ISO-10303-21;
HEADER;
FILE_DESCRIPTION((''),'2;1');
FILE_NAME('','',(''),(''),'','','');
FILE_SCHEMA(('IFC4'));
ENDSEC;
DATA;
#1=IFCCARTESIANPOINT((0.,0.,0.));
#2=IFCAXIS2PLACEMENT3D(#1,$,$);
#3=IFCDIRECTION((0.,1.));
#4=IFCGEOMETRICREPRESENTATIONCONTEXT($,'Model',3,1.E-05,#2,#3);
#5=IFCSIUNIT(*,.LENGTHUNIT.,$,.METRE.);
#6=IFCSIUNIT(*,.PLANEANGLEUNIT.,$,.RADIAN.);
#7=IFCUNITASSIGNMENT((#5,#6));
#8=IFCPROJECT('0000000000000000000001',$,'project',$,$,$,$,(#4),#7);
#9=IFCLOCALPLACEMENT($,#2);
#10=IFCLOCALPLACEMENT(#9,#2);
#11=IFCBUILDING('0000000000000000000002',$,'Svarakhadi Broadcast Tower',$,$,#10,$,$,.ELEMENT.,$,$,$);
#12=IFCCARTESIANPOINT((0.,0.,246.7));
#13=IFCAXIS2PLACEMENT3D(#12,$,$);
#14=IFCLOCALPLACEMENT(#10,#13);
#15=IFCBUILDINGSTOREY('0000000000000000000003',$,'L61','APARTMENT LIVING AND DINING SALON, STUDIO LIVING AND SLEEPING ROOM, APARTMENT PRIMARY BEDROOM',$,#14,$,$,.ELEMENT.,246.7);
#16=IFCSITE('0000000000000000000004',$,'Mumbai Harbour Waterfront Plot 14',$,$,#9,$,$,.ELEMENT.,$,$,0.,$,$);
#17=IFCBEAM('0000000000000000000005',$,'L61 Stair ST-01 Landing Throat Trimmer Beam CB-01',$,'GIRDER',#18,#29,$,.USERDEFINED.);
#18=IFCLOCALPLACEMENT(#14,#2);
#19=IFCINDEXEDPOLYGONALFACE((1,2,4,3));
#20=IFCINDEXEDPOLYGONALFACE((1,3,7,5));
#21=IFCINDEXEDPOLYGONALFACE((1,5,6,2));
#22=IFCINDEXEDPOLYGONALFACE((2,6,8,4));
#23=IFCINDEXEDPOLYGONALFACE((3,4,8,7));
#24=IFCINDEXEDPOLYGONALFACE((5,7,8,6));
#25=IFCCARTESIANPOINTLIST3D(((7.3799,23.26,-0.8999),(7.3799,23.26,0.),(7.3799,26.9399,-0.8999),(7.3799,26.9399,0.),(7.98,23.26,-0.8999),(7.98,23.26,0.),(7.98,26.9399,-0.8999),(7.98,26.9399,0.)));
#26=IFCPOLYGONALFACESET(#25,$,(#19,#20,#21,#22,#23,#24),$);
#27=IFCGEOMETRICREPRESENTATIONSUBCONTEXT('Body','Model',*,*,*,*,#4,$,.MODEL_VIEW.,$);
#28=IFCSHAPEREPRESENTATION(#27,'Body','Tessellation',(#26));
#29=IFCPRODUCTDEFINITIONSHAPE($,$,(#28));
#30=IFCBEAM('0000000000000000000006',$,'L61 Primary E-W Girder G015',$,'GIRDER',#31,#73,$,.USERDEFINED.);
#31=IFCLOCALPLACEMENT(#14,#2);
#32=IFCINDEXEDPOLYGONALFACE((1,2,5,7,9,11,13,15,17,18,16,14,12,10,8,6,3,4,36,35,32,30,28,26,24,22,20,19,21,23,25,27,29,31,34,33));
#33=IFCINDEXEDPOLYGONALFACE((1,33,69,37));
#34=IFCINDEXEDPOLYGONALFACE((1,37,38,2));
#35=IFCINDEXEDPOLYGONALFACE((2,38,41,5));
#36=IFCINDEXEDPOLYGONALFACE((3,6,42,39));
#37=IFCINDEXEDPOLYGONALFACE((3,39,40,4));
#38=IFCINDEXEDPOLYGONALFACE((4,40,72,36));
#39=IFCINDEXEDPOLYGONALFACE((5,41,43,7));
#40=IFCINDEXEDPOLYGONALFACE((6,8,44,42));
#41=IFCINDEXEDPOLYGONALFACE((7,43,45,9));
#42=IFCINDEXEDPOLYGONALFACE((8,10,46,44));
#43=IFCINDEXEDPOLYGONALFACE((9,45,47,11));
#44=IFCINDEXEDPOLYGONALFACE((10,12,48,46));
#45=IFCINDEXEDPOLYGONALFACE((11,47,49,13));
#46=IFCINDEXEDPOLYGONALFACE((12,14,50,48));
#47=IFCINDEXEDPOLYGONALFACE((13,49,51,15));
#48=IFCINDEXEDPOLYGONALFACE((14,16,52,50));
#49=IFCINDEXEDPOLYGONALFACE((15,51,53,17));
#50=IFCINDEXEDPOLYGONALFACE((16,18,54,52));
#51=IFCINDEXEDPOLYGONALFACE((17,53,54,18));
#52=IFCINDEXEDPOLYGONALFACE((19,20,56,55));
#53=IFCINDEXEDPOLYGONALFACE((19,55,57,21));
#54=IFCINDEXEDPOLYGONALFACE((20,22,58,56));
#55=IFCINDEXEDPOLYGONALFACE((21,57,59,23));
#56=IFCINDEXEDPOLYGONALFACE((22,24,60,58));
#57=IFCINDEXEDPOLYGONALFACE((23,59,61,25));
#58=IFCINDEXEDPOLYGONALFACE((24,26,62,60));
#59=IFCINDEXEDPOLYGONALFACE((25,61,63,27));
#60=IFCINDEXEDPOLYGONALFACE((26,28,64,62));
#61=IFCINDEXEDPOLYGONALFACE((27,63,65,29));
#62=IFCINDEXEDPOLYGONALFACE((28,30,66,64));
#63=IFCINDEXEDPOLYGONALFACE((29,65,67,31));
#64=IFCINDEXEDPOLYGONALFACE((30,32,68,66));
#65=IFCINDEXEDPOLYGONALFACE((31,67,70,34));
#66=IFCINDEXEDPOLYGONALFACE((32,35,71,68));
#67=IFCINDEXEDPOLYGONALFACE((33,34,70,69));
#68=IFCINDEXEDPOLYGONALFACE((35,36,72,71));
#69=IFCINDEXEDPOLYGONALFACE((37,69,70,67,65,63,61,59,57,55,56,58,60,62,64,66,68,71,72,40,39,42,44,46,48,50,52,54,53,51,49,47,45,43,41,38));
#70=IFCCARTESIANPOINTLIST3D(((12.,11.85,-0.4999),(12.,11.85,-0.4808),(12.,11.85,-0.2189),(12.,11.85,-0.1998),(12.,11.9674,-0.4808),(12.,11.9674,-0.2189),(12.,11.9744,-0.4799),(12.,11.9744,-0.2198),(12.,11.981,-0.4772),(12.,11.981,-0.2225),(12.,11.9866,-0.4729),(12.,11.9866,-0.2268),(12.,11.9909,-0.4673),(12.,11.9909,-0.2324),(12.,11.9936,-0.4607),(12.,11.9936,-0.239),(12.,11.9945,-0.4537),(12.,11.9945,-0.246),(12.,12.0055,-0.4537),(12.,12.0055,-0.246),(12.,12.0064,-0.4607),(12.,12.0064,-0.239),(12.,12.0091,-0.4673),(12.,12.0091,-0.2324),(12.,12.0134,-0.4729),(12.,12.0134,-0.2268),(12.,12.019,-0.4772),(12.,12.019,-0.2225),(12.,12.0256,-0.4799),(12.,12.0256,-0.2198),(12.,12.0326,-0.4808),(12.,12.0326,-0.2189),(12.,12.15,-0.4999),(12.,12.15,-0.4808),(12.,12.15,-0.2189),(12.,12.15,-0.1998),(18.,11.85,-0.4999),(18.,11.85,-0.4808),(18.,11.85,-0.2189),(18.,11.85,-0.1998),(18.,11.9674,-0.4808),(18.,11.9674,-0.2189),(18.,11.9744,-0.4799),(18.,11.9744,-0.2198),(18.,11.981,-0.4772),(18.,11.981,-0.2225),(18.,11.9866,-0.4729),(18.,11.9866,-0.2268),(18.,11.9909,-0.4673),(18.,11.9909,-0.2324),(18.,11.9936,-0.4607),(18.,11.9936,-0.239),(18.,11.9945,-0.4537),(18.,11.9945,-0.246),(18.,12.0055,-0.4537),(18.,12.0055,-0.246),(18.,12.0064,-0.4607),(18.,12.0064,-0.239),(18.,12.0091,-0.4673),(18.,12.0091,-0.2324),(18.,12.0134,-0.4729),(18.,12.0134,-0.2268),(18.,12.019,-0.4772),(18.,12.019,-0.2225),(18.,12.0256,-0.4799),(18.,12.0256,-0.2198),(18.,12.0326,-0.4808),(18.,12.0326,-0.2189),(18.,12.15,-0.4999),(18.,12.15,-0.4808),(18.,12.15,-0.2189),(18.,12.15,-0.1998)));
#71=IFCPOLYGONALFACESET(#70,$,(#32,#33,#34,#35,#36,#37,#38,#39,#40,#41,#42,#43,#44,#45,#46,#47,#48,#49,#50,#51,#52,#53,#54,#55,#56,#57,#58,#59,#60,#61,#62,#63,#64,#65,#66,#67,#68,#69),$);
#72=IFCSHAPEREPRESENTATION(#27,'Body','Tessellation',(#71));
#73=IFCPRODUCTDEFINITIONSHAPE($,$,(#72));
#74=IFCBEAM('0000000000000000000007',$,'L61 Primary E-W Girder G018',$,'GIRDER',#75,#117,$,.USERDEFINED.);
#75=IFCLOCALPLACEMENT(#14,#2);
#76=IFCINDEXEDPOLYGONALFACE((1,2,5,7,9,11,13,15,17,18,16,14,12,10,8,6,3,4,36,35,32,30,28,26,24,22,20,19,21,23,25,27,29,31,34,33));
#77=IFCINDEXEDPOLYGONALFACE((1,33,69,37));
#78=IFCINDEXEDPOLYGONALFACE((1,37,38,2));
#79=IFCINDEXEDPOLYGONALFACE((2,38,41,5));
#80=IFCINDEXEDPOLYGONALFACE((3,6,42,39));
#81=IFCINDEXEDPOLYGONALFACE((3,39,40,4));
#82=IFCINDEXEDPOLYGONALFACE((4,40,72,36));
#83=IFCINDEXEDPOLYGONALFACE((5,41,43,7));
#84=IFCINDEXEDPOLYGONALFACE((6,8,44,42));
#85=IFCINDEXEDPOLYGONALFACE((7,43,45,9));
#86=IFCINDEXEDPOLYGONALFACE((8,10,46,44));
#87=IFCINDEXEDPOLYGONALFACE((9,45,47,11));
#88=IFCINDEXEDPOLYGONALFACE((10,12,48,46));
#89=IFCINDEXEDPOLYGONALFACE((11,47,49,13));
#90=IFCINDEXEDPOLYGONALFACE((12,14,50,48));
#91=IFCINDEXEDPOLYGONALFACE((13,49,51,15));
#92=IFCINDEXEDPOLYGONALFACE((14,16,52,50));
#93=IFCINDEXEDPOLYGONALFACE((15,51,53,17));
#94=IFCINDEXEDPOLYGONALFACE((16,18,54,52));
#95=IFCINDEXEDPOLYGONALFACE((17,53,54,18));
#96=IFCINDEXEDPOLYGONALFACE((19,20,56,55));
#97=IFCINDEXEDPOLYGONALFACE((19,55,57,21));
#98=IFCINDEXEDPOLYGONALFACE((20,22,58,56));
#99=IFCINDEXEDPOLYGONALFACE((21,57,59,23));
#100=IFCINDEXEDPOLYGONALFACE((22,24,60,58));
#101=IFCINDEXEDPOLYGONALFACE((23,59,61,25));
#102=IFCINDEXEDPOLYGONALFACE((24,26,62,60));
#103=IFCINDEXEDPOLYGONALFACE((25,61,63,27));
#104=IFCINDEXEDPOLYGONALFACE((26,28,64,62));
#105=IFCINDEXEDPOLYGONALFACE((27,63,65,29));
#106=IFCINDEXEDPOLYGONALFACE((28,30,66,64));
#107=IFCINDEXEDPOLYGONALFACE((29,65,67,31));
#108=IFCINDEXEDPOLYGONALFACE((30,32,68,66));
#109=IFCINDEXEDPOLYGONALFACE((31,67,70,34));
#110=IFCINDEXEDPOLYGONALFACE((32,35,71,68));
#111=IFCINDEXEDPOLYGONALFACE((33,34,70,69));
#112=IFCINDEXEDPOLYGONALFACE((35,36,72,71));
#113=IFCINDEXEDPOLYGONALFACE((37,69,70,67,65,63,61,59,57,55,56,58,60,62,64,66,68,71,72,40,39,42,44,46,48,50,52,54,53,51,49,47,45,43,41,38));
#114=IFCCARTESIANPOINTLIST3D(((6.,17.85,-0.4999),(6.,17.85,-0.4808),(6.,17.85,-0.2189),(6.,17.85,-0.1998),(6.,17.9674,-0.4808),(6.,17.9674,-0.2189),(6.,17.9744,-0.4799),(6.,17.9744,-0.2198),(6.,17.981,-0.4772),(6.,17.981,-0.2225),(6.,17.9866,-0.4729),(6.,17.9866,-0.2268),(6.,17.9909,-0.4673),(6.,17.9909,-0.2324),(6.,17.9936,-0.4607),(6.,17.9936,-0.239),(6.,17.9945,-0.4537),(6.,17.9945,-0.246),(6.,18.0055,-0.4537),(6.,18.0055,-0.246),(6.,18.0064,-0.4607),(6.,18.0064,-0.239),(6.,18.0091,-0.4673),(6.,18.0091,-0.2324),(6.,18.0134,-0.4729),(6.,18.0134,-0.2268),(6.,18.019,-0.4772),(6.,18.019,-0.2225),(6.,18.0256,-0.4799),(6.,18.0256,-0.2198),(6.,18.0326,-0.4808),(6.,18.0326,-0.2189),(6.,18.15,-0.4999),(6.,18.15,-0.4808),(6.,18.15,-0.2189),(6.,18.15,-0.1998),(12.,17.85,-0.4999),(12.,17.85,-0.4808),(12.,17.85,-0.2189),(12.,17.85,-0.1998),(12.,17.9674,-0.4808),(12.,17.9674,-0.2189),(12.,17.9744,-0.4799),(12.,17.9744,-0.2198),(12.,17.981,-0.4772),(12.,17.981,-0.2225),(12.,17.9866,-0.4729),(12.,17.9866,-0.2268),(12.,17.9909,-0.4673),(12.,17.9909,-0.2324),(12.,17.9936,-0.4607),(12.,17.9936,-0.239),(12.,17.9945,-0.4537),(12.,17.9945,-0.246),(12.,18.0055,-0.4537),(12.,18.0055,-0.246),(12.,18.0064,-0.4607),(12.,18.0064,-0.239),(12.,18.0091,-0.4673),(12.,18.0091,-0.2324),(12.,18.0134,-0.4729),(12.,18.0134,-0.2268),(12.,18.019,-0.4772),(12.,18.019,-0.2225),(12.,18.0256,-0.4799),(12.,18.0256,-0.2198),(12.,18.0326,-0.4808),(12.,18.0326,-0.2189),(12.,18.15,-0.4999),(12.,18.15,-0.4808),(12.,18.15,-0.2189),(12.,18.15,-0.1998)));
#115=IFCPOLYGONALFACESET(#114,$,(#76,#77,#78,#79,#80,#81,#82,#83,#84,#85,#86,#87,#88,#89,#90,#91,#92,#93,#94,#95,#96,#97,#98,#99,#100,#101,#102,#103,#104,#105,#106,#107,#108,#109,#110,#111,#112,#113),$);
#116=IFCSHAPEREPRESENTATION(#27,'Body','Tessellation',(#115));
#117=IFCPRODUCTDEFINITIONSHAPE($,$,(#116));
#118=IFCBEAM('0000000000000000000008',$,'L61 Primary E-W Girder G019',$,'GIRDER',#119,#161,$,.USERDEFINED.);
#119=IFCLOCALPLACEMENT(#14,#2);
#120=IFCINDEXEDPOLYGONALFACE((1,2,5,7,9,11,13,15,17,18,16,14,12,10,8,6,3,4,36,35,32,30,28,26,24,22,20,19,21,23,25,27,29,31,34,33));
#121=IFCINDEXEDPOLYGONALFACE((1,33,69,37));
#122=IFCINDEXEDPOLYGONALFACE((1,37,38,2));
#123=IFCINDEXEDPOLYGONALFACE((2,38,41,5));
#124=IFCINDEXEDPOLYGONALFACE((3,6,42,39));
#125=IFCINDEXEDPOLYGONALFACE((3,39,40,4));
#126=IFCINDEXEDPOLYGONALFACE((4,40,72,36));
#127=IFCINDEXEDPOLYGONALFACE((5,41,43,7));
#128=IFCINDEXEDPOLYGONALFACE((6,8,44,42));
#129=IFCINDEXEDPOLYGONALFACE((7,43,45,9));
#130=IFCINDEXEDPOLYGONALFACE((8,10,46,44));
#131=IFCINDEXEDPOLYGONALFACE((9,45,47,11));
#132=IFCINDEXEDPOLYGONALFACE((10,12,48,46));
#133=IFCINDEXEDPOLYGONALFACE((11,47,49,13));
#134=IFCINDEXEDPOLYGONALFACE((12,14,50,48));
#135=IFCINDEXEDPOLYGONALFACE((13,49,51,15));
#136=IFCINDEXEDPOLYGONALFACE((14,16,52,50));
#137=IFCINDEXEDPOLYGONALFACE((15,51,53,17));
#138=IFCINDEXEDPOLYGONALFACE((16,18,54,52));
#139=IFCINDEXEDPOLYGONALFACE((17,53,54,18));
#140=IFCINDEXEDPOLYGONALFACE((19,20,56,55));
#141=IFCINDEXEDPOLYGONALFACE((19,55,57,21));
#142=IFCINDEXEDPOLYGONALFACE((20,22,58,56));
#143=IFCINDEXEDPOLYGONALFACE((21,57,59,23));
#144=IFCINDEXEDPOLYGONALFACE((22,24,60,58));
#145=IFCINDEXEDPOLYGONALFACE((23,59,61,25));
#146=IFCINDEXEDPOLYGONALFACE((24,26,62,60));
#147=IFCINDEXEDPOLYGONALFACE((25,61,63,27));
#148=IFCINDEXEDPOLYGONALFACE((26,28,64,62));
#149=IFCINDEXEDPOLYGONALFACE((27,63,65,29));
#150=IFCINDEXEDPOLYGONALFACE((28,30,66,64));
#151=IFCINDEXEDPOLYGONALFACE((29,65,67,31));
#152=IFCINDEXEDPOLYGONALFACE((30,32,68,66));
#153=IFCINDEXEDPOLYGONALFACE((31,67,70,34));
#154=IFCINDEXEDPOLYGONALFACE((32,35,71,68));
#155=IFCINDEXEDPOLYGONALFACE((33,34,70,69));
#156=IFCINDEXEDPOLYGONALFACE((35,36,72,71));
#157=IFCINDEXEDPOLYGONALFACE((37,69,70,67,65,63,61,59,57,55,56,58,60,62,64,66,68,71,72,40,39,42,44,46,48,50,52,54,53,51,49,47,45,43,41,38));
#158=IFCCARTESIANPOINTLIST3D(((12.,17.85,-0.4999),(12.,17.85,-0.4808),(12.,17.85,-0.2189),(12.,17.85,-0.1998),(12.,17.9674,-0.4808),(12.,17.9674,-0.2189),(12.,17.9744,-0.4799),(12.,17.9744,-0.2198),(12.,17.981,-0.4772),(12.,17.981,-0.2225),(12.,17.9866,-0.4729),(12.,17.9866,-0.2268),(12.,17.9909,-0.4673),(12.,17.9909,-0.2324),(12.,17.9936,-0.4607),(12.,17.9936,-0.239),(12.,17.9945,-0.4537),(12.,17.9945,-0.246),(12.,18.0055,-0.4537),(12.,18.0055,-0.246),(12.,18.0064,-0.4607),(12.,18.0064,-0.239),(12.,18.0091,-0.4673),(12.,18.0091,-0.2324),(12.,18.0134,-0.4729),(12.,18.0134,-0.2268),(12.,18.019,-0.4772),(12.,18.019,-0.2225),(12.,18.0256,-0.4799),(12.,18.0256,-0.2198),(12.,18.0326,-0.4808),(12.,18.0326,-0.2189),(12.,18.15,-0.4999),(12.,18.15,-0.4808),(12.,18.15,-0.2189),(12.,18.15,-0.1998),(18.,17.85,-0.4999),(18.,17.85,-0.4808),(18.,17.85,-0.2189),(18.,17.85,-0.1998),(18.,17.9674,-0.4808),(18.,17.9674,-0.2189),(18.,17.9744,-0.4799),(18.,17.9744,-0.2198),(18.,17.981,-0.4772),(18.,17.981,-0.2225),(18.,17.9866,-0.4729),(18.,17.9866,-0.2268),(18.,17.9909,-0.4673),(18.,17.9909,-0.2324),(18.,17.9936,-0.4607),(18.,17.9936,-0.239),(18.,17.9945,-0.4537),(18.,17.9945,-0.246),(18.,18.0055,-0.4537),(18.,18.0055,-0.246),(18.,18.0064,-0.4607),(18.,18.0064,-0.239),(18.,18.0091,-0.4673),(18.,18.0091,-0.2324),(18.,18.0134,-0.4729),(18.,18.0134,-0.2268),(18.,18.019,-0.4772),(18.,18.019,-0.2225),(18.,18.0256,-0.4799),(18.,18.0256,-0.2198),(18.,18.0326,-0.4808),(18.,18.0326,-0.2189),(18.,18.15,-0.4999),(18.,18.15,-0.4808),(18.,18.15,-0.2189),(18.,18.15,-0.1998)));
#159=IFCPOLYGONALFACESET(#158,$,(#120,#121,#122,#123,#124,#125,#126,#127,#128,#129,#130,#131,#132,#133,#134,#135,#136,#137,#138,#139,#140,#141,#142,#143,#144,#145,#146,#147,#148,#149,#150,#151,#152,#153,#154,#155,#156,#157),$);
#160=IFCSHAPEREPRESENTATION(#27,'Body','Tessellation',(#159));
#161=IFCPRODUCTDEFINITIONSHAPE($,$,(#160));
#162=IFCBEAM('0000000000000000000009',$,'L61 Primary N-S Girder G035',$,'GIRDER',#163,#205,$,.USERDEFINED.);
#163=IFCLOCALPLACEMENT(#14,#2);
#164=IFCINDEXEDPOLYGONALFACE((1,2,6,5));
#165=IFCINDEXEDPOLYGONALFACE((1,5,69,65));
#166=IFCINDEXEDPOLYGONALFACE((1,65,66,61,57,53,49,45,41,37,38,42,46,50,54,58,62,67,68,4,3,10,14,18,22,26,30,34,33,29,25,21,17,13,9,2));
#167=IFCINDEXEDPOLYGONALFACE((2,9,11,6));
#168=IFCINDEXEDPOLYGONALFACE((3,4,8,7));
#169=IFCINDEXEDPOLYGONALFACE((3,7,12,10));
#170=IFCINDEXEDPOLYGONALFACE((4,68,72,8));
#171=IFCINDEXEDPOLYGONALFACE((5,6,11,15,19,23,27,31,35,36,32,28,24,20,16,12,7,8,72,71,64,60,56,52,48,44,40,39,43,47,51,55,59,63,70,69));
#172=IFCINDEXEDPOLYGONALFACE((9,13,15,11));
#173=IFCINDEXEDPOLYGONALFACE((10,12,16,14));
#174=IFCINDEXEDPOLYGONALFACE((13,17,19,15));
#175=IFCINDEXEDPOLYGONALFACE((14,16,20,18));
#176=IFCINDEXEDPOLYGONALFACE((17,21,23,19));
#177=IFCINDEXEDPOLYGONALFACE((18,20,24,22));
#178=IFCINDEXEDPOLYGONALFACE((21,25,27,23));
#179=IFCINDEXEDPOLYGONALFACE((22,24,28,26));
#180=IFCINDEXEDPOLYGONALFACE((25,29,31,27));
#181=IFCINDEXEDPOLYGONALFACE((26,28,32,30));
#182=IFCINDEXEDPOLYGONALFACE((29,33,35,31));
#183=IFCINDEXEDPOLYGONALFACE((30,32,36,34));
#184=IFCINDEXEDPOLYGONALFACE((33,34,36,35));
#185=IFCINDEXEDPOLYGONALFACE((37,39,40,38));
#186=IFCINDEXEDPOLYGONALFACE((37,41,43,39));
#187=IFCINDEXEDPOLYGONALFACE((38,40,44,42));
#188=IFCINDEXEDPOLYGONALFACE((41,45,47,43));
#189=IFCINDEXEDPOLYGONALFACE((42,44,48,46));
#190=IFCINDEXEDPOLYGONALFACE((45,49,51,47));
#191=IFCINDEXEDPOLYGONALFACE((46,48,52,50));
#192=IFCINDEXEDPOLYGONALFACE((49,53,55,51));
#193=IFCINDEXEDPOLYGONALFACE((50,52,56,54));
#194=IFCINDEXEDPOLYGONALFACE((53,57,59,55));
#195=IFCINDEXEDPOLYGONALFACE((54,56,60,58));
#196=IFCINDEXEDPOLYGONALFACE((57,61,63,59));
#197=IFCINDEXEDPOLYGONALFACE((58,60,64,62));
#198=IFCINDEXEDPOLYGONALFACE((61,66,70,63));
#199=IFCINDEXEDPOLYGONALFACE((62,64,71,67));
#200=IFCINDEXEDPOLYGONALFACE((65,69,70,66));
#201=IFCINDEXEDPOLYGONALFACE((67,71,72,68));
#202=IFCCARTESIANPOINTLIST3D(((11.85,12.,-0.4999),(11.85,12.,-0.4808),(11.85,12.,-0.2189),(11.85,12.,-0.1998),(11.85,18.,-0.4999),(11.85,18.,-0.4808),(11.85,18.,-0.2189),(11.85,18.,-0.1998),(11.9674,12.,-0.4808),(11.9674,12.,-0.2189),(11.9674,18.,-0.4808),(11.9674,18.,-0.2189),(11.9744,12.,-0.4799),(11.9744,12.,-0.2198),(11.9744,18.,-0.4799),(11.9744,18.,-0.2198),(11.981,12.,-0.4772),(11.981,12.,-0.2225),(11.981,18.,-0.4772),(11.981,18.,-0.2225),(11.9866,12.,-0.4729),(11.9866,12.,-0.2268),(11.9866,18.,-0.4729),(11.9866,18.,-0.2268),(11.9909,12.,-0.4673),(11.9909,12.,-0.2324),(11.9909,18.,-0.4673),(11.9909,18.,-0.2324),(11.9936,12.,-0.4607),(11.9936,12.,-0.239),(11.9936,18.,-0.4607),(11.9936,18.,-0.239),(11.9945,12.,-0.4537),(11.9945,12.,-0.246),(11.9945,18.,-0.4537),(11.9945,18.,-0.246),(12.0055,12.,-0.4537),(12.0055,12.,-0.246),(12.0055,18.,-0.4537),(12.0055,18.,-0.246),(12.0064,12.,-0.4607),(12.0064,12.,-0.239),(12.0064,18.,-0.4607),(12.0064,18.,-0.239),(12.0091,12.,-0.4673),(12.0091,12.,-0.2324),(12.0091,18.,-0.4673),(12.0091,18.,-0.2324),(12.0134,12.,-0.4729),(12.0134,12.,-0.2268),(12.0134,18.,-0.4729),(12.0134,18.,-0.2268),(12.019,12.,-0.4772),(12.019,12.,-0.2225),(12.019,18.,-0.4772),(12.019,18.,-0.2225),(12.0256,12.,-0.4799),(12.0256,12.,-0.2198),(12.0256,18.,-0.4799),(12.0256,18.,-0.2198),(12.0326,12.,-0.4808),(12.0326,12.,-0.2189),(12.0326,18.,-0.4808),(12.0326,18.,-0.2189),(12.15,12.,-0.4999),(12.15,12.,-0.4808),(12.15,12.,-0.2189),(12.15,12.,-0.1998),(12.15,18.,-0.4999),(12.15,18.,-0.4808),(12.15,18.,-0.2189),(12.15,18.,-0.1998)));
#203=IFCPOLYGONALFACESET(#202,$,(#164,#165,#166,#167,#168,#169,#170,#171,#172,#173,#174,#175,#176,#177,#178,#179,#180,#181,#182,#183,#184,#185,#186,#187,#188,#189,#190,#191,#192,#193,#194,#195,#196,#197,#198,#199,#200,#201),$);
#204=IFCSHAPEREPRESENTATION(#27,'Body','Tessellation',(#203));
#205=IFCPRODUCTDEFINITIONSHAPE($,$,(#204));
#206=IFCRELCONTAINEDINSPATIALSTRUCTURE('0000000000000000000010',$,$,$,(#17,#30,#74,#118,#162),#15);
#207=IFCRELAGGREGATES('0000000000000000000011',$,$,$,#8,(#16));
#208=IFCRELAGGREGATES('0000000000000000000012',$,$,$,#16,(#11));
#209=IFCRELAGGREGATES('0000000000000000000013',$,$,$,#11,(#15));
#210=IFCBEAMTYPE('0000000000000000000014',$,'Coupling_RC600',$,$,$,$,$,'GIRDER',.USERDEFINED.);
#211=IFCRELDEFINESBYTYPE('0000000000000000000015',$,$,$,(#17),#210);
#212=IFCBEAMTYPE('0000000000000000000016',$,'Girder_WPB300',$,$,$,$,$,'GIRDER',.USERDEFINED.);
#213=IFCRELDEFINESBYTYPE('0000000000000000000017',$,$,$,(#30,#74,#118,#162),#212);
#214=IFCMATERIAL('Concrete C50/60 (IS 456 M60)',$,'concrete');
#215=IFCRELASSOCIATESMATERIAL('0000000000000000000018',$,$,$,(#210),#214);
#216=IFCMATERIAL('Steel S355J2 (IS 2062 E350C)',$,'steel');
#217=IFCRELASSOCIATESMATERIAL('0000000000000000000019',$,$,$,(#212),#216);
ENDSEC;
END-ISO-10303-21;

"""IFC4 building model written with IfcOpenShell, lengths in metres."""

from ifc_helpers import new_model, si_unit, direction, frame, origin, origin_2d, place, context, subcontext, project, spatial, rectangle, i_section, extrude, material, material_profile, profile_set, type_object, element, save


model = new_model("IFC4")

# Units and contexts
model_context = context("Model", 3, precision=1e-05, world=origin(), true_north=direction((0.0, 1.0)))
body_context = subcontext(model_context, "Body", "Model", "MODEL_VIEW")
ifc_project = project(units=[si_unit("LENGTHUNIT", "METRE"), si_unit("PLANEANGLEUNIT", "RADIAN")], contexts=[model_context])

# Site, building, storey
site_placement = place(None, origin())
site = spatial("IfcSite", under=ifc_project, at=site_placement, Name="Mumbai Harbour Waterfront Plot 14", CompositionType="ELEMENT", RefElevation=0.0)
building_placement = place(site_placement, origin())
building = spatial("IfcBuilding", under=site, at=building_placement, Name="Svarakhadi Broadcast Tower", CompositionType="ELEMENT")
storey_placement = place(building_placement, frame((0.0, 0.0, 246.7)))
storey = spatial("IfcBuildingStorey", under=building, at=storey_placement, Name="L61", Description="APARTMENT LIVING AND DINING SALON, STUDIO LIVING AND SLEEPING ROOM, APARTMENT PRIMARY BEDROOM", CompositionType="ELEMENT", Elevation=246.7)

# Shared definitions
ifc_material_1 = material(Name="Concrete C50/60 (IS 456 M60)", Category="concrete")

# Beams
ifc_material_2 = material(Name="Steel S355J2 (IS 2062 E350C)", Category="steel")
ifc_material_profile_1 = material_profile(ifc_material_1, rectangle(XDim=0.6001, YDim=0.8999, at=origin_2d()), Name="RC 600x900")
ifc_profile_set_1 = profile_set([ifc_material_profile_1], Name="Concrete C50/60 (IS 456 M60)")
beam_type_1 = type_object("IfcBeamType", Name="Coupling_RC600", ElementType="GIRDER", PredefinedType="USERDEFINED", material=ifc_profile_set_1)
beam_1_placement = place(storey_placement, frame((7.6799, 23.26, -0.45), z_axis=(0.0, 1.0, 0.0), x_axis=(-1.0, 0.0, 0.0)))
element("IfcBeam", 1, at=beam_1_placement, inside=storey, type_object=beam_type_1, Name="L61 Stair ST-01 Landing Throat Trimmer Beam CB-01", ObjectType="GIRDER", PredefinedType="USERDEFINED", context=body_context, shape_type="SweptSolid", body=[
    extrude(rectangle(XDim=0.6001, YDim=0.8999, at=origin_2d()), origin(), (0.0, 0.0, 1.0), 3.6799),
])
ifc_material_profile_2 = material_profile(ifc_material_2, i_section(OverallWidth=0.3, OverallDepth=0.3, WebThickness=0.011, FlangeThickness=0.019, FilletRadius=0.0271, at=origin_2d()), Name="WPB 300x300x117")
ifc_profile_set_2 = profile_set([ifc_material_profile_2], Name="Steel S355J2 (IS 2062 E350C)")
beam_type_2 = type_object("IfcBeamType", Name="Girder_WPB300", ElementType="GIRDER", PredefinedType="USERDEFINED", material=ifc_profile_set_2)
for number, where, z_axis, x_axis, name in (
    (2, (12.0, 12.0, -0.3499), (1.0, 0.0, 0.0), (0.0, 1.0, 0.0), "L61 Primary E-W Girder G015"),
    (3, (6.0, 18.0, -0.3499), (1.0, 0.0, 0.0), (0.0, 1.0, 0.0), "L61 Primary E-W Girder G018"),
    (4, (12.0, 18.0, -0.3499), (1.0, 0.0, 0.0), (0.0, 1.0, 0.0), "L61 Primary E-W Girder G019"),
    (5, (12.0, 12.0, -0.3499), (0.0, 1.0, 0.0), (-1.0, 0.0, 0.0), "L61 Primary N-S Girder G035"),
):
    element("IfcBeam", number, at=place(storey_placement, frame(where, z_axis=z_axis, x_axis=x_axis)), inside=storey, type_object=beam_type_2, Name=name, ObjectType="GIRDER", PredefinedType="USERDEFINED", context=body_context, shape_type="SweptSolid", body=[
        extrude(i_section(OverallWidth=0.3, OverallDepth=0.3, WebThickness=0.011, FlangeThickness=0.019, FilletRadius=0.0271, at=origin_2d()), origin(), (0.0, 0.0, 1.0), 6.0),
    ])

save(model, "model.ifc")
